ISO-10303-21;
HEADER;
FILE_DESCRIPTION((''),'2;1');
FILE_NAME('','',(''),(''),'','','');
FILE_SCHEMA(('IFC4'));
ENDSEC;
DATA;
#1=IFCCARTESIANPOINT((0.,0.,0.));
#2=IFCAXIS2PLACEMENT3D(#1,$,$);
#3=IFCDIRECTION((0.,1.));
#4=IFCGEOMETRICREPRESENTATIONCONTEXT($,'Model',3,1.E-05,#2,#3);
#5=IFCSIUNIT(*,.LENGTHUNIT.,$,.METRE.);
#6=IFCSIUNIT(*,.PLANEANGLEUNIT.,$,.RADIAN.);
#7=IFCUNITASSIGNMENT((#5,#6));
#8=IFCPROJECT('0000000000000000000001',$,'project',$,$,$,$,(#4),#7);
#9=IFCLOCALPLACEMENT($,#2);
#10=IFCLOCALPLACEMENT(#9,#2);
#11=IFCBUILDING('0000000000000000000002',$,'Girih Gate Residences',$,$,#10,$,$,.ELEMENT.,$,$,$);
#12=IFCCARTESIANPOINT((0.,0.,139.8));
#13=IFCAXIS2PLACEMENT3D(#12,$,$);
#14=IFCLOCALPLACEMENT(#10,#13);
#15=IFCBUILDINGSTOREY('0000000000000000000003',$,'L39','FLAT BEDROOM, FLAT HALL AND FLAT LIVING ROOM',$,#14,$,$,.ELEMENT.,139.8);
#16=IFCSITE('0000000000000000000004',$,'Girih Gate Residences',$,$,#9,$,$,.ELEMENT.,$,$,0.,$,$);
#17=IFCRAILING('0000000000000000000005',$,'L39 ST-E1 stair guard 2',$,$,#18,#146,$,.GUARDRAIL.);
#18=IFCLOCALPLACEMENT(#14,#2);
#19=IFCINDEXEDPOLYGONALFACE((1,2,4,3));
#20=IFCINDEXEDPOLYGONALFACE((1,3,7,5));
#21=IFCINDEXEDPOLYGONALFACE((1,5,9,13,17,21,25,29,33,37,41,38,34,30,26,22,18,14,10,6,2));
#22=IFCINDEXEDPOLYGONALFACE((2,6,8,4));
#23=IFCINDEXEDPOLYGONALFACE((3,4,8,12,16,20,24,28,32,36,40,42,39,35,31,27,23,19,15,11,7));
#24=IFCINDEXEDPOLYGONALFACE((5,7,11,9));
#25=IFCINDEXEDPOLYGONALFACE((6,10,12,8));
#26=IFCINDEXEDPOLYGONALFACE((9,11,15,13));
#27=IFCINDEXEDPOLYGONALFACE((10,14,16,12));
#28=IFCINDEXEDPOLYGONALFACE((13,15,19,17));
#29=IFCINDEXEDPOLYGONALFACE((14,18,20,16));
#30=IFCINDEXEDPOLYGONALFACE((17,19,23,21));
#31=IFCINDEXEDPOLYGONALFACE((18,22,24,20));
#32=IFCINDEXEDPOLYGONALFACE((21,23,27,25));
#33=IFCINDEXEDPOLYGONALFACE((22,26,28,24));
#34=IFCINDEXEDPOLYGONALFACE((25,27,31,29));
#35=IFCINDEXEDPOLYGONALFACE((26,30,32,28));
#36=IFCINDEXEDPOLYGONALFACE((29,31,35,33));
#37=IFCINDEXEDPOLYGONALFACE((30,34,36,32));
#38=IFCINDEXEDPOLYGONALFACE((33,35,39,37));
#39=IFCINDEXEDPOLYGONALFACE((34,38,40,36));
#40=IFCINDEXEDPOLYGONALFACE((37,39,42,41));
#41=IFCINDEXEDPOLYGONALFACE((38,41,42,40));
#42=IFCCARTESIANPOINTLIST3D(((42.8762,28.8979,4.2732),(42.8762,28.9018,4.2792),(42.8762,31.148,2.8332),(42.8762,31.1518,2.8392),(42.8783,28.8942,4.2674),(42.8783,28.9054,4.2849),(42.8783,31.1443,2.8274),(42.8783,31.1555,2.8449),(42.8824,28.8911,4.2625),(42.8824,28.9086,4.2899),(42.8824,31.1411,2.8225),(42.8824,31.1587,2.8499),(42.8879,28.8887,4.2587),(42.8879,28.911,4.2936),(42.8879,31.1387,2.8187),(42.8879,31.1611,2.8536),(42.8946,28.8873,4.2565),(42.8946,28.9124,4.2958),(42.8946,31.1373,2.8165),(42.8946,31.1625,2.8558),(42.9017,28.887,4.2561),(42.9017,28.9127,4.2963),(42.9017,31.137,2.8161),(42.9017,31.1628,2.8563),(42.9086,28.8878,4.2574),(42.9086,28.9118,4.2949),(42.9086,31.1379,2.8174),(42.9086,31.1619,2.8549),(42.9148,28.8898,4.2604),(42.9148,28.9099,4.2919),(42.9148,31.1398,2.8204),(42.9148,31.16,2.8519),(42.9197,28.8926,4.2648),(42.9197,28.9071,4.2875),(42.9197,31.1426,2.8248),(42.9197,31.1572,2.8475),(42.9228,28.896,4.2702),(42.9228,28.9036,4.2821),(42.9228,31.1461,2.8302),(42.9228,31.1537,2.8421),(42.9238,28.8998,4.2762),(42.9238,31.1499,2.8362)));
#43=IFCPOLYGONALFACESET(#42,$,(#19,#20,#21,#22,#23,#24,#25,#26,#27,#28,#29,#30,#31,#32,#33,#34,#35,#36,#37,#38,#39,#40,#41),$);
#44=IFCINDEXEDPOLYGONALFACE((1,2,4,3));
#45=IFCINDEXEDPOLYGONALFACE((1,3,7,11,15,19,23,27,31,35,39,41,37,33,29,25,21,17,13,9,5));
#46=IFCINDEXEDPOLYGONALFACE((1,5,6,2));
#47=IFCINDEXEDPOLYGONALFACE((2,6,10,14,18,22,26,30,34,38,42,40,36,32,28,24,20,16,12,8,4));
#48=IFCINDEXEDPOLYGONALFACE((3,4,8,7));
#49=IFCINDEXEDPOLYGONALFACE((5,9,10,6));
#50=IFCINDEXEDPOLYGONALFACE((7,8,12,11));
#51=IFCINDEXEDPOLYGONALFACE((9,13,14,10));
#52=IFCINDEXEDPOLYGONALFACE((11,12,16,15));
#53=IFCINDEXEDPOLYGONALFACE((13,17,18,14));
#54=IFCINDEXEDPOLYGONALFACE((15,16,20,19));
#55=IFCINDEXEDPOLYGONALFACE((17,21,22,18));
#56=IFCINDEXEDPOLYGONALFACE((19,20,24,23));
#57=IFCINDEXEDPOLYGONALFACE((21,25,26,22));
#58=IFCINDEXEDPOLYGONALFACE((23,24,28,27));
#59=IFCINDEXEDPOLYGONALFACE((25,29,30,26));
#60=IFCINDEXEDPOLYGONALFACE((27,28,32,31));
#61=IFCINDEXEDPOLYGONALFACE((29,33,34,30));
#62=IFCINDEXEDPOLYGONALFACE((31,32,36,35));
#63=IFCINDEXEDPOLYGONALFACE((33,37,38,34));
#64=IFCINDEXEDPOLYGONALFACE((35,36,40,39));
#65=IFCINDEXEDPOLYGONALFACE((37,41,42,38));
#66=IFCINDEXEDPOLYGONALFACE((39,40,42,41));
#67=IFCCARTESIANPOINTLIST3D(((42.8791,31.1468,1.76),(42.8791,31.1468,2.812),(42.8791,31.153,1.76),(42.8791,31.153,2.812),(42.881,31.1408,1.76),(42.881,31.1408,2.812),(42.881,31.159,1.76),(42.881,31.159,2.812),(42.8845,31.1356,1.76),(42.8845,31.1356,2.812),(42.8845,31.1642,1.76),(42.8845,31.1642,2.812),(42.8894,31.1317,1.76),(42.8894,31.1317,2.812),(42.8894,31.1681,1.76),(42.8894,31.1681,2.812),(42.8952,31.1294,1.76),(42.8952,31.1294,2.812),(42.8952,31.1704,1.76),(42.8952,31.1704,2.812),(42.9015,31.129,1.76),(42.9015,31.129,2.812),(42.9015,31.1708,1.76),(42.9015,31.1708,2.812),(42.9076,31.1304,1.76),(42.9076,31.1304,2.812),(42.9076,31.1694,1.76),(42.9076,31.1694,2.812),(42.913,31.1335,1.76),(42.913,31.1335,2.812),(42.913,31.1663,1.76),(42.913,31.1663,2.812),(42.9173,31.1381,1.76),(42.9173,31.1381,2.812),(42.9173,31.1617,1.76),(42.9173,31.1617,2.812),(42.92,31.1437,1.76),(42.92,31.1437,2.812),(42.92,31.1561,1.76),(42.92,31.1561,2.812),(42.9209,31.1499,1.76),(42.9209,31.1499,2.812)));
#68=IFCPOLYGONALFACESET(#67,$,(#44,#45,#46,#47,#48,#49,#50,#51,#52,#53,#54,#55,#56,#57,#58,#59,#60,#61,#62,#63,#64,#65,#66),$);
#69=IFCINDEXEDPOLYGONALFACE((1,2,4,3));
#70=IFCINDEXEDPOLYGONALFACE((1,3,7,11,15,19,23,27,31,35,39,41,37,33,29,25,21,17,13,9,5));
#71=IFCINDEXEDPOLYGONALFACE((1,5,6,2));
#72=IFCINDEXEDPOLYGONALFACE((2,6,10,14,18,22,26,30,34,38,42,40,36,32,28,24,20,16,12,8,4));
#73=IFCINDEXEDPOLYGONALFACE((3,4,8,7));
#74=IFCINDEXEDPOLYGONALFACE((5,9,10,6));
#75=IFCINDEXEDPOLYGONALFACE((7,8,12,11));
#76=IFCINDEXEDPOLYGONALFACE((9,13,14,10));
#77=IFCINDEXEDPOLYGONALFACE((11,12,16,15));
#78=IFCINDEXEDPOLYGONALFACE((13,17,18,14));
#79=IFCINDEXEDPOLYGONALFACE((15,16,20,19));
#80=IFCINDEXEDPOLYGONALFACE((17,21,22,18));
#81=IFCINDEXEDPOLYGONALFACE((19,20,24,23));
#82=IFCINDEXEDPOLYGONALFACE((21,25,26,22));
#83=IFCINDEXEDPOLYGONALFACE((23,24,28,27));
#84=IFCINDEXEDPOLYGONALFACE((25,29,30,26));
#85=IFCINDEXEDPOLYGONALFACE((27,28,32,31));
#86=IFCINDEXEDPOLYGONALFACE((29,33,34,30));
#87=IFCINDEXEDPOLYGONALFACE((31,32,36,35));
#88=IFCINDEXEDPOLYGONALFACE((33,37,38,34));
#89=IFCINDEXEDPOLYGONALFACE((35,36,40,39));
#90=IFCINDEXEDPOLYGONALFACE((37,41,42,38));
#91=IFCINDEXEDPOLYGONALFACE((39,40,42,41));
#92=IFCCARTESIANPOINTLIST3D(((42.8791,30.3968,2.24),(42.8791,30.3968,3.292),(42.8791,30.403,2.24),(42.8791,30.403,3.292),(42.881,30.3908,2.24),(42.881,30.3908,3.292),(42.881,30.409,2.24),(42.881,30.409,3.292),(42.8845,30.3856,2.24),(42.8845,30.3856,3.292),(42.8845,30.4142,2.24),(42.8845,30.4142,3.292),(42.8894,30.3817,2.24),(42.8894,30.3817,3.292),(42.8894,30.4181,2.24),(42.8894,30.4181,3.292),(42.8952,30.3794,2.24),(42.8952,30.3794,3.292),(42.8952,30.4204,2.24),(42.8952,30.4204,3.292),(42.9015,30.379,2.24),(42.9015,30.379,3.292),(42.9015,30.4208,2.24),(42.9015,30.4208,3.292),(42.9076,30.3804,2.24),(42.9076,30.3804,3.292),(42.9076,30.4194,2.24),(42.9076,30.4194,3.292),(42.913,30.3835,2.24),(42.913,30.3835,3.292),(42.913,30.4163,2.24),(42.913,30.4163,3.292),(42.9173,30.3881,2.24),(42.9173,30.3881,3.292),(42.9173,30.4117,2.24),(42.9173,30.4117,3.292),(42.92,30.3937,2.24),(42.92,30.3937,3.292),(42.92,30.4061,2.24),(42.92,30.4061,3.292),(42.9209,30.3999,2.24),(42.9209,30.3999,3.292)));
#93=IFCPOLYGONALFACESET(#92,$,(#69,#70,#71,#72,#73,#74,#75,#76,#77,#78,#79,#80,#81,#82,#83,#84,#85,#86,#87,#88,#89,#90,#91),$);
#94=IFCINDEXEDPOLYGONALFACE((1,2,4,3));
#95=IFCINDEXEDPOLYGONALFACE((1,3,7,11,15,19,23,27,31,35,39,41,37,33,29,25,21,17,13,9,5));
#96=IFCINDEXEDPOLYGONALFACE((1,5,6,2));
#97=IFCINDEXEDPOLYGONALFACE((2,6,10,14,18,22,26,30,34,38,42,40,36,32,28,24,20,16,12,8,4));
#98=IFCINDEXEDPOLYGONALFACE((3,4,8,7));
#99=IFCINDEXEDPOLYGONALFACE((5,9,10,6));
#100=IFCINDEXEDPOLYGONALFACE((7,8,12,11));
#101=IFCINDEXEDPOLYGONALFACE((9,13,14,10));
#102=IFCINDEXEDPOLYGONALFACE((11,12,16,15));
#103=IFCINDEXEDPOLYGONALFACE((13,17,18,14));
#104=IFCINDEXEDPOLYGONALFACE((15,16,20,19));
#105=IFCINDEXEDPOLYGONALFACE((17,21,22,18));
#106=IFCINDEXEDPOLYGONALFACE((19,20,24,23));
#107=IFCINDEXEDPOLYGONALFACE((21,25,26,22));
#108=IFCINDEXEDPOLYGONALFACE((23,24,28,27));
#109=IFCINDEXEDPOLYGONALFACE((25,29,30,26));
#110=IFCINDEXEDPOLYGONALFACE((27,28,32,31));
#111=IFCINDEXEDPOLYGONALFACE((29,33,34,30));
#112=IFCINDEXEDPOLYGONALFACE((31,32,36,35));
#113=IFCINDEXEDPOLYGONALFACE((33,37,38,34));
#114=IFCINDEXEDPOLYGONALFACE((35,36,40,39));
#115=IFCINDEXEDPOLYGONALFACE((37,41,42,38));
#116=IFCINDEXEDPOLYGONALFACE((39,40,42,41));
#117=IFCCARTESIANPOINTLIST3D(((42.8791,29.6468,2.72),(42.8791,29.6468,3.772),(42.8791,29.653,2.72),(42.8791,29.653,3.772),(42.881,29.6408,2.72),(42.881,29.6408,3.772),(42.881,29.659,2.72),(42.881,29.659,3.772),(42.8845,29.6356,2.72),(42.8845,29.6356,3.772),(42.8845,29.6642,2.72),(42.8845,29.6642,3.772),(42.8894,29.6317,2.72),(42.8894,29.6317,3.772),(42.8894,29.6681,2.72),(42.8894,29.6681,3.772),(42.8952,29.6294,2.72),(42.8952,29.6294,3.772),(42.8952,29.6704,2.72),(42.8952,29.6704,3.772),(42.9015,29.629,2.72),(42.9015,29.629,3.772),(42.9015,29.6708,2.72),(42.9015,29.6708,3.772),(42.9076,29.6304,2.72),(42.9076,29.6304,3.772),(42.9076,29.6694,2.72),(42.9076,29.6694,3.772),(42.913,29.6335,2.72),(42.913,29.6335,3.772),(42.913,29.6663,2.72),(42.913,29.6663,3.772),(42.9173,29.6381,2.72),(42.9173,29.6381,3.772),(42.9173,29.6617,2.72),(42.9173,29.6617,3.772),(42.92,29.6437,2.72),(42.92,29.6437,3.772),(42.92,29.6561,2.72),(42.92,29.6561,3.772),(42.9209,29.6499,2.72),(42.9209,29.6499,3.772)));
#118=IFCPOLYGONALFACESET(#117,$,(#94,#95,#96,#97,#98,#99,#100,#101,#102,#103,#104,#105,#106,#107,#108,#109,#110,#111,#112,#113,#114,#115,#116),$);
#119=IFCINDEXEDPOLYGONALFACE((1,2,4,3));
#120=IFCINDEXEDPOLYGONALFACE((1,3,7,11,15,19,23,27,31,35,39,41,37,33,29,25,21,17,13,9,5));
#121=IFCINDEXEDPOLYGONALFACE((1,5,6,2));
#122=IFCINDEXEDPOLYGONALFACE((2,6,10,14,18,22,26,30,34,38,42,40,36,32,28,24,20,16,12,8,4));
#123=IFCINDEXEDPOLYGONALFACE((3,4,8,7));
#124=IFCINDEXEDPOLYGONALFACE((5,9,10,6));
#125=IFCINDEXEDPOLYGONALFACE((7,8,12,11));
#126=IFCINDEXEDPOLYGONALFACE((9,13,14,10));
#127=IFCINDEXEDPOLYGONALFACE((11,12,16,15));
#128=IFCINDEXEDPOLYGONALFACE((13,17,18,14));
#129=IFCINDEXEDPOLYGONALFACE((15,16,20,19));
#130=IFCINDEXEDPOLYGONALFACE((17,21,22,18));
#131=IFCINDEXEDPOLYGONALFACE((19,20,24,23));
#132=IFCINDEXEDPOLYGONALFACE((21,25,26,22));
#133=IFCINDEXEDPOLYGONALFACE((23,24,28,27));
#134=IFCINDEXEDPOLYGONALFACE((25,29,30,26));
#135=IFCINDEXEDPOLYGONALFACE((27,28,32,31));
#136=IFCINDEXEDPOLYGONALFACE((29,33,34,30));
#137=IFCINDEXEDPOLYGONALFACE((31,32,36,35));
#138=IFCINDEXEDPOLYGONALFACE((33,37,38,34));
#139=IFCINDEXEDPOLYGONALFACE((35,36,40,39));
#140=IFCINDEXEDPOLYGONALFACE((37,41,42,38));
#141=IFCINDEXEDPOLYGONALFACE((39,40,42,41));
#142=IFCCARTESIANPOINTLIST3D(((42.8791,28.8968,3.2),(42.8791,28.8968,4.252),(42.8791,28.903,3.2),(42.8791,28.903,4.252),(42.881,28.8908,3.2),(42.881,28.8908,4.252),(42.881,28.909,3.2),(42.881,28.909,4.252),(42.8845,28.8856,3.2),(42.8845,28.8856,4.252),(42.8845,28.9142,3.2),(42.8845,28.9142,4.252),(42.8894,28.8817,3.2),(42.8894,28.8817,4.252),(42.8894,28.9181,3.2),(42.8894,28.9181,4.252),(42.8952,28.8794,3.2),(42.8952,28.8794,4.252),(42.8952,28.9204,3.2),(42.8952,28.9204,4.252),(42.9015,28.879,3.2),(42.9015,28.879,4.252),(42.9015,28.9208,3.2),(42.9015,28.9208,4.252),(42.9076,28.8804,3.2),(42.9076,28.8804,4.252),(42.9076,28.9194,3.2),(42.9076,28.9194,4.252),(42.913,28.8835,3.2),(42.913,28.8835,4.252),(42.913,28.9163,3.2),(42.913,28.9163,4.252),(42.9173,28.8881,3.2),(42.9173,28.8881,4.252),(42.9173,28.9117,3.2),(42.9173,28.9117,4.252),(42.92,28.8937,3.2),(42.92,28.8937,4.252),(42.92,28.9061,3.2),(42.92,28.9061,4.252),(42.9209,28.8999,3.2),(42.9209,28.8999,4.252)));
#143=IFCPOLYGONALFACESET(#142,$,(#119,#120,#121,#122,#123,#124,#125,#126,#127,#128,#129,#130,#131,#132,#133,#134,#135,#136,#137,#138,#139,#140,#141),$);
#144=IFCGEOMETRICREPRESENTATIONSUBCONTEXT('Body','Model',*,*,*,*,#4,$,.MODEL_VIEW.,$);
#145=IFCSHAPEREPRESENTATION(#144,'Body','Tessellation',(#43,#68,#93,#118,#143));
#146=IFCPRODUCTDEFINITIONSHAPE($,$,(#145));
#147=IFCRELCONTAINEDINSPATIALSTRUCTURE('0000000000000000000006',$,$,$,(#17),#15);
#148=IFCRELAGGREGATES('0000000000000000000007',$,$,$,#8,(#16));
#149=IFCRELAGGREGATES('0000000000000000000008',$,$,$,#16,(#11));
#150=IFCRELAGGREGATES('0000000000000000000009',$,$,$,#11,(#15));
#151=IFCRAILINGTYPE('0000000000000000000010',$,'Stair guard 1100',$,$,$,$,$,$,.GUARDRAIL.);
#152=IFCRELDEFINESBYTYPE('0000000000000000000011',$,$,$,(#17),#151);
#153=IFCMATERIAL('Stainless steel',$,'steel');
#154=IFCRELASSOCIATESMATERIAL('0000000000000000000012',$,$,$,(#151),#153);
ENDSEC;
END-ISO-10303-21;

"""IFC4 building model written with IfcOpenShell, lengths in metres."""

from ifc_helpers import new_model, si_unit, direction, frame, origin, origin_2d, place, context, subcontext, project, spatial, circle, extrude, material, type_object, element, save


model = new_model("IFC4")

# Units and contexts
model_context = context("Model", 3, precision=1e-05, world=origin(), true_north=direction((0.0, 1.0)))
body_context = subcontext(model_context, "Body", "Model", "MODEL_VIEW")
ifc_project = project(units=[si_unit("LENGTHUNIT", "METRE"), si_unit("PLANEANGLEUNIT", "RADIAN")], contexts=[model_context])

# Site, building, storey
site_placement = place(None, origin())
site = spatial("IfcSite", under=ifc_project, at=site_placement, Name="Girih Gate Residences", CompositionType="ELEMENT", RefElevation=0.0)
building_placement = place(site_placement, origin())
building = spatial("IfcBuilding", under=site, at=building_placement, Name="Girih Gate Residences", CompositionType="ELEMENT")
storey_placement = place(building_placement, frame((0.0, 0.0, 139.8)))
storey = spatial("IfcBuildingStorey", under=building, at=storey_placement, Name="L39", Description="FLAT BEDROOM, FLAT HALL AND FLAT LIVING ROOM", CompositionType="ELEMENT", Elevation=139.8)

# Railing
ifc_material_1 = material(Name="Stainless steel", Category="steel")
railing_type_1 = type_object("IfcRailingType", Name="Stair guard 1100", PredefinedType="GUARDRAIL", material=ifc_material_1)
railing_1_placement = place(storey_placement, frame((42.8999, 31.1499, 1.76)))
element("IfcRailing", 1, at=railing_1_placement, inside=storey, type_object=railing_type_1, Name="L39 ST-E1 stair guard 2", PredefinedType="GUARDRAIL", context=body_context, shape_type="SweptSolid", body=[
    extrude(circle(Radius=0.0239, at=origin_2d()), frame((0.0, 0.0, 1.0762), z_axis=(0.0, -0.842281, 0.539038), x_axis=(1.0, 0.0, 0.0)), (0.0, 0.0, 1.0), 2.6714),
    extrude(circle(Radius=0.021, at=origin_2d()), origin(), (0.0, 0.0, 1.0), 1.052),
    extrude(circle(Radius=0.021, at=origin_2d()), frame((0.0, -0.75, 0.48)), (0.0, 0.0, 1.0), 1.052),
    extrude(circle(Radius=0.021, at=origin_2d()), frame((0.0, -1.5, 0.96)), (0.0, 0.0, 1.0), 1.052),
    extrude(circle(Radius=0.021, at=origin_2d()), frame((0.0, -2.25, 1.4399)), (0.0, 0.0, 1.0), 1.052),
])

save(model, "model.ifc")
